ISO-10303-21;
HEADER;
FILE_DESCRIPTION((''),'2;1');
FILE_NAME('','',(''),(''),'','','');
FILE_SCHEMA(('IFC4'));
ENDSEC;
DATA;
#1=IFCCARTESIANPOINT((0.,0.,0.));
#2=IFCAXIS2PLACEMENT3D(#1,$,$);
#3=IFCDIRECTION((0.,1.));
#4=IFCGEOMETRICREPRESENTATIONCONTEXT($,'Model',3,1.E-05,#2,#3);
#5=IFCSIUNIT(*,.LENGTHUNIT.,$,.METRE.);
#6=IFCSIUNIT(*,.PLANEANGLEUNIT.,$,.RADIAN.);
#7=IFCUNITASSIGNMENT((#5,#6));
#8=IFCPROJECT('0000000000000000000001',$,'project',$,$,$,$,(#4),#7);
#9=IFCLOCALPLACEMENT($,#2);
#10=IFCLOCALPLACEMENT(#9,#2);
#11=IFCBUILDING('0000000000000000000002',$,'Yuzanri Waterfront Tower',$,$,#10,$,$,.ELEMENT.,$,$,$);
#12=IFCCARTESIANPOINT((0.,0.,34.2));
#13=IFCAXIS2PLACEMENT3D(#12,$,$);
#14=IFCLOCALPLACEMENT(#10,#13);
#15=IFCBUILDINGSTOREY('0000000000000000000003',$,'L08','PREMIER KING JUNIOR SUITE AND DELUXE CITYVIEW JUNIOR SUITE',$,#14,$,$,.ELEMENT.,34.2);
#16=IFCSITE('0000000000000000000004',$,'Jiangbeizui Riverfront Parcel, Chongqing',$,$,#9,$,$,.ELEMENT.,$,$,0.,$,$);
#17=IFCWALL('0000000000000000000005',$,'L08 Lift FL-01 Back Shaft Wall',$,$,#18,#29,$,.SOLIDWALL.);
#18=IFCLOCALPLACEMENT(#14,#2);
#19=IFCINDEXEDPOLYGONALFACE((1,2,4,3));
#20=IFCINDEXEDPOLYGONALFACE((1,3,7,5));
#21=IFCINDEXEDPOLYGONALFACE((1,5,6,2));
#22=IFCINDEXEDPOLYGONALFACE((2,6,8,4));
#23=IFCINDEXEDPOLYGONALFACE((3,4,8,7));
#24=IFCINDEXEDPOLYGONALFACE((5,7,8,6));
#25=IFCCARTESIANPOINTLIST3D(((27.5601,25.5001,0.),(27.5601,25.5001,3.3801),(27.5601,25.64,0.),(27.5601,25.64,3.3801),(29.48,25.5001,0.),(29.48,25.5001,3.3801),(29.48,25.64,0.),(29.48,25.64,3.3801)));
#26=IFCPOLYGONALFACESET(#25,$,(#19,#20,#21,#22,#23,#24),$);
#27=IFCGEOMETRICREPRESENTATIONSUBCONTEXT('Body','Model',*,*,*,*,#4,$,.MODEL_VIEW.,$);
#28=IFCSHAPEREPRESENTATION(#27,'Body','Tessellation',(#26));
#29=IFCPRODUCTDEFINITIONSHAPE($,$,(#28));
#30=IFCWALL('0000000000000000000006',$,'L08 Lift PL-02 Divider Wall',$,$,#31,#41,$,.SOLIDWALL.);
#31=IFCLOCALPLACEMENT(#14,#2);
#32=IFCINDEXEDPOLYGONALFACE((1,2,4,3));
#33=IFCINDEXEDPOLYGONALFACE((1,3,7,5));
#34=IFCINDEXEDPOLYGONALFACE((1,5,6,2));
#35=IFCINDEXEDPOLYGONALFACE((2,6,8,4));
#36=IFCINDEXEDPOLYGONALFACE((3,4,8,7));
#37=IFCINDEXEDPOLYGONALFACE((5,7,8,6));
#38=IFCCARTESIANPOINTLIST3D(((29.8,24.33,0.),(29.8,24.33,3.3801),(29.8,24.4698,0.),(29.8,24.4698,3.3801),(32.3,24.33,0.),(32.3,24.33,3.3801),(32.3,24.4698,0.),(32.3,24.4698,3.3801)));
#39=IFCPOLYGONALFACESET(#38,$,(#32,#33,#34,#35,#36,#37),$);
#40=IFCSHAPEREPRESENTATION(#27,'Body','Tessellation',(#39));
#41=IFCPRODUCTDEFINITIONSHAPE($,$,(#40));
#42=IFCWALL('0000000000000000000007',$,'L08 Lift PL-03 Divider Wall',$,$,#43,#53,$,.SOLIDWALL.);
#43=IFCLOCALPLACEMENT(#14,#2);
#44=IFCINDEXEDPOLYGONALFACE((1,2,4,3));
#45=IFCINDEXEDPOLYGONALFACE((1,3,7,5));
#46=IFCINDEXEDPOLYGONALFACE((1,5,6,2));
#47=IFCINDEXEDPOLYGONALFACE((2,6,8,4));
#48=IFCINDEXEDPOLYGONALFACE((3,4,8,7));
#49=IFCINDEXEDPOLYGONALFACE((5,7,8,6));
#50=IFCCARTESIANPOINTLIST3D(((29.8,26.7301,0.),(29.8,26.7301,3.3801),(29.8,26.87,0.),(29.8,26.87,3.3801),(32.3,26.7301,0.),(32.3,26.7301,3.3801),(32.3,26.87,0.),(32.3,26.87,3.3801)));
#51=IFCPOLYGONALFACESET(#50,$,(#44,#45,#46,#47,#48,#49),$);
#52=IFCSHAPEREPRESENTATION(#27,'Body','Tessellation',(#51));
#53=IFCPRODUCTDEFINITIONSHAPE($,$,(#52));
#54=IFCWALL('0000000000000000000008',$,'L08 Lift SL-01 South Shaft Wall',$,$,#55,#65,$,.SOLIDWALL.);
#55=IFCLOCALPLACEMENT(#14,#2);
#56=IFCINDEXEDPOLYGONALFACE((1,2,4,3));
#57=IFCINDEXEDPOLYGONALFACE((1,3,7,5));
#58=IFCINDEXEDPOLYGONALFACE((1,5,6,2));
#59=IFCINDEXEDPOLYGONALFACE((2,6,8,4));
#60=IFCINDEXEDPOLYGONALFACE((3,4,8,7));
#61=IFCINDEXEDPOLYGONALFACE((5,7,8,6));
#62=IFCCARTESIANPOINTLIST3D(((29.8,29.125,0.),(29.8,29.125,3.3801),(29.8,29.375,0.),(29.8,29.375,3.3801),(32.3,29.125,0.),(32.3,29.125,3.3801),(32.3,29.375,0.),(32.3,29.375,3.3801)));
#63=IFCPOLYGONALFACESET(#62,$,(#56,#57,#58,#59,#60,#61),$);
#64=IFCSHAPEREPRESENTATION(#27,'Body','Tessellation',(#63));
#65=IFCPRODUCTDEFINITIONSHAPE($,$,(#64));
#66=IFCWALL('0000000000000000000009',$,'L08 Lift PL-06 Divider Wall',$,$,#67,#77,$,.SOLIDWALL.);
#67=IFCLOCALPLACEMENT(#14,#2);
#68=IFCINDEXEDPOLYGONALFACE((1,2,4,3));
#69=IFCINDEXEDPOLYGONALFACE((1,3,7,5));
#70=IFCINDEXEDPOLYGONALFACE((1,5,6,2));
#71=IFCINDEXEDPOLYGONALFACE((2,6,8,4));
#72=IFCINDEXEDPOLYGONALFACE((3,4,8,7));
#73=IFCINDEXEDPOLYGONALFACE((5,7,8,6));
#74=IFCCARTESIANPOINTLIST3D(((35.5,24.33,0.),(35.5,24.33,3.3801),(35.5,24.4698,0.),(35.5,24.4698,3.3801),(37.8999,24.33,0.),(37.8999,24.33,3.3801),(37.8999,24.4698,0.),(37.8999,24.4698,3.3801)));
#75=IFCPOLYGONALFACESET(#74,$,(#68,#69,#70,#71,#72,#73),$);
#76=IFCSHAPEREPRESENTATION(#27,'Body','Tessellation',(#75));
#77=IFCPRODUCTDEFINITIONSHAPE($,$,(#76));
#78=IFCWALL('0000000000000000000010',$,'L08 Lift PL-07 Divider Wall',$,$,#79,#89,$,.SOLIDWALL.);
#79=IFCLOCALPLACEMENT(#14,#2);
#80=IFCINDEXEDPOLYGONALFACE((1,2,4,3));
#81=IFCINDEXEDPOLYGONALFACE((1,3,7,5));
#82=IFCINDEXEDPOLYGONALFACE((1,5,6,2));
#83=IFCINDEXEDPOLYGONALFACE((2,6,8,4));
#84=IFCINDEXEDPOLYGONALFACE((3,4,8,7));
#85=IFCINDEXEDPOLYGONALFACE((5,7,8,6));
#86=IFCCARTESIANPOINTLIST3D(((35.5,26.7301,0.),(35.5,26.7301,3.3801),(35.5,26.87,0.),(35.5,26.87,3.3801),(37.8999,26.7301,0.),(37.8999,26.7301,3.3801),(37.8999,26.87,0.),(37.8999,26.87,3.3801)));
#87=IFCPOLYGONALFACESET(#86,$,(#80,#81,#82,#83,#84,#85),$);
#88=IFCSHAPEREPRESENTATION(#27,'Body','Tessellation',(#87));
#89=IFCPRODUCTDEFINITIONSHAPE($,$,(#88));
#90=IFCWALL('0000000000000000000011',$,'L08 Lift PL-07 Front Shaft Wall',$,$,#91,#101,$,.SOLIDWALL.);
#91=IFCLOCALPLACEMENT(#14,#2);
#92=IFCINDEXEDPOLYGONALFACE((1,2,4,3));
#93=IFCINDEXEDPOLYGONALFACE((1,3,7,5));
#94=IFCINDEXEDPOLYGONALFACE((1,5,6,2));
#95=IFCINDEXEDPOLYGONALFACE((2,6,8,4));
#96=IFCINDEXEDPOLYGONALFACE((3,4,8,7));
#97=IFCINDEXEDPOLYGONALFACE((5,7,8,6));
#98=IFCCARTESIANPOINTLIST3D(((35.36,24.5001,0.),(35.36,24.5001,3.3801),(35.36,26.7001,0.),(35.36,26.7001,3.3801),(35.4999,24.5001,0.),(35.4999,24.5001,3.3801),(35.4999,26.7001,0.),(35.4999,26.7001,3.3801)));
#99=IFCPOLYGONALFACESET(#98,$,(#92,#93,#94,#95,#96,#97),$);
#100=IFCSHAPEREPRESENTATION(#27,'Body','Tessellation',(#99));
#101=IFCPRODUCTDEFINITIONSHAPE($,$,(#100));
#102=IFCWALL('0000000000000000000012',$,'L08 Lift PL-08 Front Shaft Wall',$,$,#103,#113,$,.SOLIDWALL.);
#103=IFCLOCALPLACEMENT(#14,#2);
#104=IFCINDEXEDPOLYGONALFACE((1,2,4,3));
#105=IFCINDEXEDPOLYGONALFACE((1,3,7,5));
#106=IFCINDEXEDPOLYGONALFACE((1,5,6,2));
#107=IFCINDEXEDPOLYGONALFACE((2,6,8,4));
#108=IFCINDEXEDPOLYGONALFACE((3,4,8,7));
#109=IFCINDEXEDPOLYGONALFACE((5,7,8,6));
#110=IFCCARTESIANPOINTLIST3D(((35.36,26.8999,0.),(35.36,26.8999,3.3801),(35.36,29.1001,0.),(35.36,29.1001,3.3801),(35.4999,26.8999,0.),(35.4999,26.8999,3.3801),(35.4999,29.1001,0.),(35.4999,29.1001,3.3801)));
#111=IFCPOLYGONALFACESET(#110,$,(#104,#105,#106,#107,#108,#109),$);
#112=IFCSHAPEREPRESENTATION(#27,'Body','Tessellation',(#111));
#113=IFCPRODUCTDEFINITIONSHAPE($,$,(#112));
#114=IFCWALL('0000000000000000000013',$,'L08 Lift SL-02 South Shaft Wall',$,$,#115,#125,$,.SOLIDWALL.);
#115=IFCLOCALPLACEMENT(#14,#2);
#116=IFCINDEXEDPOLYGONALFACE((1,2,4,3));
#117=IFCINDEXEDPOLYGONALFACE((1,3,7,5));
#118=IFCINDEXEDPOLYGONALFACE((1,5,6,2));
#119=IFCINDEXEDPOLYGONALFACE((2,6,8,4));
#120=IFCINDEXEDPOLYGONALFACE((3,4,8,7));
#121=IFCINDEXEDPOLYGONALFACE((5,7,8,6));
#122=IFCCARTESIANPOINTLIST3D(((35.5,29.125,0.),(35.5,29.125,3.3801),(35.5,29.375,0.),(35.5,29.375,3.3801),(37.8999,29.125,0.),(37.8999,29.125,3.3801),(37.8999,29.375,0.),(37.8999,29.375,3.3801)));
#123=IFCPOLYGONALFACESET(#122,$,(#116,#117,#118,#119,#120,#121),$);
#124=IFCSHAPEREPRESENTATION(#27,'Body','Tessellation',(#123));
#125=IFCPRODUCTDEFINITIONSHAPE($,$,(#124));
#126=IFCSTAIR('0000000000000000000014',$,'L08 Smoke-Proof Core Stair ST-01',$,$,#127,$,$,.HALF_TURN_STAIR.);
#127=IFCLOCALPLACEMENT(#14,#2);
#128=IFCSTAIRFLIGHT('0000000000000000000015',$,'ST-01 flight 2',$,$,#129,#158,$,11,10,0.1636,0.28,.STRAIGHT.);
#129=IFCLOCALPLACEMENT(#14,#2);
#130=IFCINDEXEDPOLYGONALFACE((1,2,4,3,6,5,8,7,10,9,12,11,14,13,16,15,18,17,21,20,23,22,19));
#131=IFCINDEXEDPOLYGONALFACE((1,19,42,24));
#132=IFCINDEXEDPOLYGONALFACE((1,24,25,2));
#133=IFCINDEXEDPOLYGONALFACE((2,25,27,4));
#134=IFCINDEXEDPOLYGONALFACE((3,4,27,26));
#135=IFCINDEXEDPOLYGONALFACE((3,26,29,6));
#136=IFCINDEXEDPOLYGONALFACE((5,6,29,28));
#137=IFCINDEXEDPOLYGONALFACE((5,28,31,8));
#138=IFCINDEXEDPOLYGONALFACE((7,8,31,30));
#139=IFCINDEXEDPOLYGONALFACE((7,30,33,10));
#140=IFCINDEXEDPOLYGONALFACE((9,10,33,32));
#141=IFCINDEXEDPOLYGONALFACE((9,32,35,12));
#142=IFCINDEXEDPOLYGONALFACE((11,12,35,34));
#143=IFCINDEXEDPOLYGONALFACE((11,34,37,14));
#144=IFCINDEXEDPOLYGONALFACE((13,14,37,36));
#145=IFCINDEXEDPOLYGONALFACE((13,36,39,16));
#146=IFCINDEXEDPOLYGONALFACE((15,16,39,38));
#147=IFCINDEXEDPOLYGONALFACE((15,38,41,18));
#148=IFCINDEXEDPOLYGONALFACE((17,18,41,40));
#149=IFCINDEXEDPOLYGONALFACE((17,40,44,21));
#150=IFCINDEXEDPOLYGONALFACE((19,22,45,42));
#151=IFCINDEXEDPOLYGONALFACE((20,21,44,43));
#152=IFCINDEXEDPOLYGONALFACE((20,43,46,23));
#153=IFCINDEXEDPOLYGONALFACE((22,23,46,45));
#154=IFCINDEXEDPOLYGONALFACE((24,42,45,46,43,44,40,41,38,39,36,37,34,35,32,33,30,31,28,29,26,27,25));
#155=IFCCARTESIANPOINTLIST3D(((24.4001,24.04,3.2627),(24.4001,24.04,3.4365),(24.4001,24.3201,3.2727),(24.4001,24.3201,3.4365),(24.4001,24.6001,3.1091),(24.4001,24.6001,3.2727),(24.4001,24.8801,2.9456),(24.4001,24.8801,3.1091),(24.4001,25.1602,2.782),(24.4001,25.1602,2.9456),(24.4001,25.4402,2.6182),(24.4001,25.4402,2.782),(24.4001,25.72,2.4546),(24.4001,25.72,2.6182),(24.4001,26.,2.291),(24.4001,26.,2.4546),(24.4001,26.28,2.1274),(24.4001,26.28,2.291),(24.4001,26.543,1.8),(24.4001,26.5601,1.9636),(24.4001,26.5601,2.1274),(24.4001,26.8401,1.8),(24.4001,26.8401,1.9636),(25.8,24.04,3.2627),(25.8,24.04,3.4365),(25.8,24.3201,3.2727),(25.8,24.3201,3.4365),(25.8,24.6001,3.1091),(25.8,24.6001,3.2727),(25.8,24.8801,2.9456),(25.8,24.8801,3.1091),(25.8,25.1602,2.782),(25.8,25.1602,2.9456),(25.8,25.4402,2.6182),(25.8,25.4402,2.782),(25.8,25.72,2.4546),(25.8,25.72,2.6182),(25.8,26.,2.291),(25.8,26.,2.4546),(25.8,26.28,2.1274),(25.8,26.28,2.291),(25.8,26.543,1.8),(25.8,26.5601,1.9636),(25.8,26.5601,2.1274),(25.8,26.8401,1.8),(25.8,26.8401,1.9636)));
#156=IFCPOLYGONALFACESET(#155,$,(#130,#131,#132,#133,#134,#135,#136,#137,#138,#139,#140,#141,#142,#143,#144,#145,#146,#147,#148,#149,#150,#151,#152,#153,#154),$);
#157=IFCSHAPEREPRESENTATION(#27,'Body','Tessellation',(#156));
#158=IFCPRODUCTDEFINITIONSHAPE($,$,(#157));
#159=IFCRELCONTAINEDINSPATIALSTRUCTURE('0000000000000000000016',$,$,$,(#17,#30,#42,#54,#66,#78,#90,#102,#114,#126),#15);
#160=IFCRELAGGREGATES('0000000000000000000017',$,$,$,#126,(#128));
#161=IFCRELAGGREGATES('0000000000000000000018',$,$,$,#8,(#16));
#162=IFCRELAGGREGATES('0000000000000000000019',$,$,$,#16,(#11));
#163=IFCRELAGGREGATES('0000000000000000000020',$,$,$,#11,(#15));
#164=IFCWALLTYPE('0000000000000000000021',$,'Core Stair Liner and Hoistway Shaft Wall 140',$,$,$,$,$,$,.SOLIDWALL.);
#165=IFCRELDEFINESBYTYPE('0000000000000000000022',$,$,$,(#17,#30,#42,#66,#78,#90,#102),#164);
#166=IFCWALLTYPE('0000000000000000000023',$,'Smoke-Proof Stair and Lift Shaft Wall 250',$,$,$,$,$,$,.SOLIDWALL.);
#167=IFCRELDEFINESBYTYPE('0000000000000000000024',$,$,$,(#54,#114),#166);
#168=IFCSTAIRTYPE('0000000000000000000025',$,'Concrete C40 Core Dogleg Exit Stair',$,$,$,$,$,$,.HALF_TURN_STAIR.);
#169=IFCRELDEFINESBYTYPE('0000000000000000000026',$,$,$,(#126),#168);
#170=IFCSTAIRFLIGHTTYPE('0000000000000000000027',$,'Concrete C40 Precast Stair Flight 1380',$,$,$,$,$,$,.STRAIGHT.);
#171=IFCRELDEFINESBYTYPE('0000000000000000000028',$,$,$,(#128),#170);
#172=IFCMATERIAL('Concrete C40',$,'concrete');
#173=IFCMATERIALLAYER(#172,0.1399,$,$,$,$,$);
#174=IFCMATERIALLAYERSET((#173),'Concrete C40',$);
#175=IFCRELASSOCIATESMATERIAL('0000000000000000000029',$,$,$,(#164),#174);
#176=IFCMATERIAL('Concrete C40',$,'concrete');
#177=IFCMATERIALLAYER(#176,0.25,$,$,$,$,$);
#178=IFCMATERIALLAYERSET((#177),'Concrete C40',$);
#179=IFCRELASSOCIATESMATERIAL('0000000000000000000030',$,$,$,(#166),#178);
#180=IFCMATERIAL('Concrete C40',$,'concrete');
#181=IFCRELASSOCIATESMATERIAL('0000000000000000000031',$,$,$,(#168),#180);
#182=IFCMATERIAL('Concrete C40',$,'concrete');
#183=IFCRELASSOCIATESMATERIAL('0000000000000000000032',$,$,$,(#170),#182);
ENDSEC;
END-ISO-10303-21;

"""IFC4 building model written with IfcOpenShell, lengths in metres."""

from ifc_helpers import new_model, si_unit, direction, frame, frame_2d, origin, place, context, subcontext, project, spatial, polyline, rectangle, outline, extrude, source, transform, mapped, material, layer, layer_set, type_object, element, aggregate, save


model = new_model("IFC4")

# Units and contexts
model_context = context("Model", 3, precision=1e-05, world=origin(), true_north=direction((0.0, 1.0)))
body_context = subcontext(model_context, "Body", "Model", "MODEL_VIEW")
ifc_project = project(units=[si_unit("LENGTHUNIT", "METRE"), si_unit("PLANEANGLEUNIT", "RADIAN")], contexts=[model_context])

# Site, building, storey
site_placement = place(None, origin())
site = spatial("IfcSite", under=ifc_project, at=site_placement, Name="Jiangbeizui Riverfront Parcel, Chongqing", CompositionType="ELEMENT", RefElevation=0.0)
building_placement = place(site_placement, origin())
building = spatial("IfcBuilding", under=site, at=building_placement, Name="Yuzanri Waterfront Tower", CompositionType="ELEMENT")
storey_placement = place(building_placement, frame((0.0, 0.0, 34.2)))
storey = spatial("IfcBuildingStorey", under=building, at=storey_placement, Name="L08", Description="PREMIER KING JUNIOR SUITE AND DELUXE CITYVIEW JUNIOR SUITE", CompositionType="ELEMENT", Elevation=34.2)

# Shared definitions
ifc_material_1 = material(Name="Concrete C40", Category="concrete")
ifc_layer_1 = layer(ifc_material_1, 0.1399)
ifc_layer_set_1 = layer_set([ifc_layer_1], Name="Concrete C40")
wall_type_1 = type_object("IfcWallType", Name="Core Stair Liner and Hoistway Shaft Wall 140", PredefinedType="SOLIDWALL", material=ifc_layer_set_1)

# Walls
shared_shape_1 = source(origin(), body_context, "Body", "SweptSolid", [
    extrude(rectangle(XDim=1.9199, YDim=0.1399, at=frame_2d((0.96, 0.0))), origin(), (0.0, 0.0, 1.0), 3.3801),
])
wall_1_placement = place(storey_placement, frame((27.5601, 25.5701, 0.0), z_axis=(0.0, 0.0, 1.0), x_axis=(1.0, 0.0, 0.0)))
element("IfcWall", 1, at=wall_1_placement, inside=storey, type_object=wall_type_1, Name="L08 Lift FL-01 Back Shaft Wall", PredefinedType="SOLIDWALL", context=body_context, shape_type="MappedRepresentation", body=[
    mapped(shared_shape_1, transform((0.0, 0.0, 0.0), scale=1.0)),
])
shared_shape_2 = source(origin(), body_context, "Body", "SweptSolid", [
    extrude(rectangle(XDim=2.5, YDim=0.1399, at=frame_2d((1.25, 0.0))), origin(), (0.0, 0.0, 1.0), 3.3801),
])
for number, where, z_axis, x_axis, name in (
    (2, (29.8, 24.3999, 0.0), (0.0, 0.0, 1.0), (1.0, 0.0, 0.0), "L08 Lift PL-02 Divider Wall"),
    (3, (29.8, 26.8, 0.0), (0.0, 0.0, 1.0), (1.0, 0.0, 0.0), "L08 Lift PL-03 Divider Wall"),
):
    element("IfcWall", number, at=place(storey_placement, frame(where, z_axis=z_axis, x_axis=x_axis)), inside=storey, type_object=wall_type_1, Name=name, PredefinedType="SOLIDWALL", context=body_context, shape_type="MappedRepresentation", body=[
        mapped(shared_shape_2, transform((0.0, 0.0, 0.0), scale=1.0)),
    ])
ifc_material_2 = material(Name="Concrete C40", Category="concrete")
ifc_layer_2 = layer(ifc_material_2, 0.25)
ifc_layer_set_2 = layer_set([ifc_layer_2], Name="Concrete C40")
wall_type_2 = type_object("IfcWallType", Name="Smoke-Proof Stair and Lift Shaft Wall 250", PredefinedType="SOLIDWALL", material=ifc_layer_set_2)
shared_shape_3 = source(origin(), body_context, "Body", "SweptSolid", [
    extrude(rectangle(XDim=2.5, YDim=0.25, at=frame_2d((1.25, 0.0))), origin(), (0.0, 0.0, 1.0), 3.3801),
])
wall_2_placement = place(storey_placement, frame((29.8, 29.25, 0.0), z_axis=(0.0, 0.0, 1.0), x_axis=(1.0, 0.0, 0.0)))
element("IfcWall", 4, at=wall_2_placement, inside=storey, type_object=wall_type_2, Name="L08 Lift SL-01 South Shaft Wall", PredefinedType="SOLIDWALL", context=body_context, shape_type="MappedRepresentation", body=[
    mapped(shared_shape_3, transform((0.0, 0.0, 0.0), scale=1.0)),
])
shared_shape_4 = source(origin(), body_context, "Body", "SweptSolid", [
    extrude(rectangle(XDim=2.3999, YDim=0.1399, at=frame_2d((1.2, 0.0))), origin(), (0.0, 0.0, 1.0), 3.3801),
])
for number, where, z_axis, x_axis, name in (
    (5, (35.5, 24.3999, 0.0), (0.0, 0.0, 1.0), (1.0, 0.0, 0.0), "L08 Lift PL-06 Divider Wall"),
    (6, (35.5, 26.8, 0.0), (0.0, 0.0, 1.0), (1.0, 0.0, 0.0), "L08 Lift PL-07 Divider Wall"),
):
    element("IfcWall", number, at=place(storey_placement, frame(where, z_axis=z_axis, x_axis=x_axis)), inside=storey, type_object=wall_type_1, Name=name, PredefinedType="SOLIDWALL", context=body_context, shape_type="MappedRepresentation", body=[
        mapped(shared_shape_4, transform((0.0, 0.0, 0.0), scale=1.0)),
    ])
shared_shape_5 = source(origin(), body_context, "Body", "SweptSolid", [
    extrude(rectangle(XDim=2.2, YDim=0.1399, at=frame_2d((1.1001, 0.0))), origin(), (0.0, 0.0, 1.0), 3.3801),
])
wall_3_placement = place(storey_placement, frame((35.4299, 24.5, 0.0), z_axis=(0.0, 0.0, 1.0), x_axis=(0.0, 1.0, 0.0)))
element("IfcWall", 7, at=wall_3_placement, inside=storey, type_object=wall_type_1, Name="L08 Lift PL-07 Front Shaft Wall", PredefinedType="SOLIDWALL", context=body_context, shape_type="MappedRepresentation", body=[
    mapped(shared_shape_5, transform((0.0, 0.0, 0.0), scale=1.0)),
])
shared_shape_6 = source(origin(), body_context, "Body", "SweptSolid", [
    extrude(rectangle(XDim=2.2002, YDim=0.1399, at=frame_2d((1.1001, 0.0))), origin(), (0.0, 0.0, 1.0), 3.3801),
])
wall_4_placement = place(storey_placement, frame((35.4299, 26.8999, 0.0), z_axis=(0.0, 0.0, 1.0), x_axis=(0.0, 1.0, 0.0)))
element("IfcWall", 8, at=wall_4_placement, inside=storey, type_object=wall_type_1, Name="L08 Lift PL-08 Front Shaft Wall", PredefinedType="SOLIDWALL", context=body_context, shape_type="MappedRepresentation", body=[
    mapped(shared_shape_6, transform((0.0, 0.0, 0.0), scale=1.0)),
])
shared_shape_7 = source(origin(), body_context, "Body", "SweptSolid", [
    extrude(rectangle(XDim=2.3999, YDim=0.25, at=frame_2d((1.2, 0.0))), origin(), (0.0, 0.0, 1.0), 3.3801),
])
wall_5_placement = place(storey_placement, frame((35.5, 29.25, 0.0), z_axis=(0.0, 0.0, 1.0), x_axis=(1.0, 0.0, 0.0)))
element("IfcWall", 9, at=wall_5_placement, inside=storey, type_object=wall_type_2, Name="L08 Lift SL-02 South Shaft Wall", PredefinedType="SOLIDWALL", context=body_context, shape_type="MappedRepresentation", body=[
    mapped(shared_shape_7, transform((0.0, 0.0, 0.0), scale=1.0)),
])

# Stair, stair flight
ifc_material_3 = material(Name="Concrete C40", Category="concrete")
stair_type = type_object("IfcStairType", Name="Concrete C40 Core Dogleg Exit Stair", PredefinedType="HALF_TURN_STAIR", material=ifc_material_3)
stair_placement = place(storey_placement, origin())
stair = element("IfcStair", 10, at=stair_placement, inside=storey, type_object=stair_type, Name="L08 Smoke-Proof Core Stair ST-01", PredefinedType="HALF_TURN_STAIR")
ifc_material_4 = material(Name="Concrete C40", Category="concrete")
stair_flight_type = type_object("IfcStairFlightType", Name="Concrete C40 Precast Stair Flight 1380", PredefinedType="STRAIGHT", material=ifc_material_4)
shared_shape_8 = source(origin(), body_context, "Body", "SweptSolid", [
    extrude(outline(polyline([(0.0, 0.0), (0.0, 0.1636), (0.28, 0.1636), (0.28, 0.3274), (0.5601, 0.3274), (0.5601, 0.491), (0.8401, 0.491), (0.8401, 0.6545), (1.1201, 0.6545), (1.1201, 0.8181), (1.3999, 0.8181), (1.3999, 0.9819), (1.6799, 0.9819), (1.6799, 1.1455), (1.96, 1.1455), (1.96, 1.3091), (2.24, 1.3091), (2.24, 1.4727), (2.52, 1.4727), (2.52, 1.6365), (2.8, 1.6365), (2.8, 1.8), (2.8, 1.4626), (0.2971, 0.0), (0.0, 0.0)])), frame((0.0, 0.7, 0.0), z_axis=(0.0, -1.0, 0.0), x_axis=(1.0, 0.0, 0.0)), (0.0, 0.0, 1.0), 1.3999),
])
stair_flight_placement = place(storey_placement, frame((25.1001, 26.8401, 1.8), z_axis=(0.0, 0.0, 1.0), x_axis=(0.0, -1.0, 0.0)))
stair_flight = element("IfcStairFlight", 11, at=stair_flight_placement, type_object=stair_flight_type, Name="ST-01 flight 2", NumberOfRisers=11, NumberOfTreads=10, PredefinedType="STRAIGHT", RiserHeight=0.1636, TreadLength=0.28, context=body_context, shape_type="MappedRepresentation", body=[
    mapped(shared_shape_8, transform((0.0, 0.0, 0.0), scale=1.0)),
])
aggregate(stair, [stair_flight])

save(model, "model.ifc")
